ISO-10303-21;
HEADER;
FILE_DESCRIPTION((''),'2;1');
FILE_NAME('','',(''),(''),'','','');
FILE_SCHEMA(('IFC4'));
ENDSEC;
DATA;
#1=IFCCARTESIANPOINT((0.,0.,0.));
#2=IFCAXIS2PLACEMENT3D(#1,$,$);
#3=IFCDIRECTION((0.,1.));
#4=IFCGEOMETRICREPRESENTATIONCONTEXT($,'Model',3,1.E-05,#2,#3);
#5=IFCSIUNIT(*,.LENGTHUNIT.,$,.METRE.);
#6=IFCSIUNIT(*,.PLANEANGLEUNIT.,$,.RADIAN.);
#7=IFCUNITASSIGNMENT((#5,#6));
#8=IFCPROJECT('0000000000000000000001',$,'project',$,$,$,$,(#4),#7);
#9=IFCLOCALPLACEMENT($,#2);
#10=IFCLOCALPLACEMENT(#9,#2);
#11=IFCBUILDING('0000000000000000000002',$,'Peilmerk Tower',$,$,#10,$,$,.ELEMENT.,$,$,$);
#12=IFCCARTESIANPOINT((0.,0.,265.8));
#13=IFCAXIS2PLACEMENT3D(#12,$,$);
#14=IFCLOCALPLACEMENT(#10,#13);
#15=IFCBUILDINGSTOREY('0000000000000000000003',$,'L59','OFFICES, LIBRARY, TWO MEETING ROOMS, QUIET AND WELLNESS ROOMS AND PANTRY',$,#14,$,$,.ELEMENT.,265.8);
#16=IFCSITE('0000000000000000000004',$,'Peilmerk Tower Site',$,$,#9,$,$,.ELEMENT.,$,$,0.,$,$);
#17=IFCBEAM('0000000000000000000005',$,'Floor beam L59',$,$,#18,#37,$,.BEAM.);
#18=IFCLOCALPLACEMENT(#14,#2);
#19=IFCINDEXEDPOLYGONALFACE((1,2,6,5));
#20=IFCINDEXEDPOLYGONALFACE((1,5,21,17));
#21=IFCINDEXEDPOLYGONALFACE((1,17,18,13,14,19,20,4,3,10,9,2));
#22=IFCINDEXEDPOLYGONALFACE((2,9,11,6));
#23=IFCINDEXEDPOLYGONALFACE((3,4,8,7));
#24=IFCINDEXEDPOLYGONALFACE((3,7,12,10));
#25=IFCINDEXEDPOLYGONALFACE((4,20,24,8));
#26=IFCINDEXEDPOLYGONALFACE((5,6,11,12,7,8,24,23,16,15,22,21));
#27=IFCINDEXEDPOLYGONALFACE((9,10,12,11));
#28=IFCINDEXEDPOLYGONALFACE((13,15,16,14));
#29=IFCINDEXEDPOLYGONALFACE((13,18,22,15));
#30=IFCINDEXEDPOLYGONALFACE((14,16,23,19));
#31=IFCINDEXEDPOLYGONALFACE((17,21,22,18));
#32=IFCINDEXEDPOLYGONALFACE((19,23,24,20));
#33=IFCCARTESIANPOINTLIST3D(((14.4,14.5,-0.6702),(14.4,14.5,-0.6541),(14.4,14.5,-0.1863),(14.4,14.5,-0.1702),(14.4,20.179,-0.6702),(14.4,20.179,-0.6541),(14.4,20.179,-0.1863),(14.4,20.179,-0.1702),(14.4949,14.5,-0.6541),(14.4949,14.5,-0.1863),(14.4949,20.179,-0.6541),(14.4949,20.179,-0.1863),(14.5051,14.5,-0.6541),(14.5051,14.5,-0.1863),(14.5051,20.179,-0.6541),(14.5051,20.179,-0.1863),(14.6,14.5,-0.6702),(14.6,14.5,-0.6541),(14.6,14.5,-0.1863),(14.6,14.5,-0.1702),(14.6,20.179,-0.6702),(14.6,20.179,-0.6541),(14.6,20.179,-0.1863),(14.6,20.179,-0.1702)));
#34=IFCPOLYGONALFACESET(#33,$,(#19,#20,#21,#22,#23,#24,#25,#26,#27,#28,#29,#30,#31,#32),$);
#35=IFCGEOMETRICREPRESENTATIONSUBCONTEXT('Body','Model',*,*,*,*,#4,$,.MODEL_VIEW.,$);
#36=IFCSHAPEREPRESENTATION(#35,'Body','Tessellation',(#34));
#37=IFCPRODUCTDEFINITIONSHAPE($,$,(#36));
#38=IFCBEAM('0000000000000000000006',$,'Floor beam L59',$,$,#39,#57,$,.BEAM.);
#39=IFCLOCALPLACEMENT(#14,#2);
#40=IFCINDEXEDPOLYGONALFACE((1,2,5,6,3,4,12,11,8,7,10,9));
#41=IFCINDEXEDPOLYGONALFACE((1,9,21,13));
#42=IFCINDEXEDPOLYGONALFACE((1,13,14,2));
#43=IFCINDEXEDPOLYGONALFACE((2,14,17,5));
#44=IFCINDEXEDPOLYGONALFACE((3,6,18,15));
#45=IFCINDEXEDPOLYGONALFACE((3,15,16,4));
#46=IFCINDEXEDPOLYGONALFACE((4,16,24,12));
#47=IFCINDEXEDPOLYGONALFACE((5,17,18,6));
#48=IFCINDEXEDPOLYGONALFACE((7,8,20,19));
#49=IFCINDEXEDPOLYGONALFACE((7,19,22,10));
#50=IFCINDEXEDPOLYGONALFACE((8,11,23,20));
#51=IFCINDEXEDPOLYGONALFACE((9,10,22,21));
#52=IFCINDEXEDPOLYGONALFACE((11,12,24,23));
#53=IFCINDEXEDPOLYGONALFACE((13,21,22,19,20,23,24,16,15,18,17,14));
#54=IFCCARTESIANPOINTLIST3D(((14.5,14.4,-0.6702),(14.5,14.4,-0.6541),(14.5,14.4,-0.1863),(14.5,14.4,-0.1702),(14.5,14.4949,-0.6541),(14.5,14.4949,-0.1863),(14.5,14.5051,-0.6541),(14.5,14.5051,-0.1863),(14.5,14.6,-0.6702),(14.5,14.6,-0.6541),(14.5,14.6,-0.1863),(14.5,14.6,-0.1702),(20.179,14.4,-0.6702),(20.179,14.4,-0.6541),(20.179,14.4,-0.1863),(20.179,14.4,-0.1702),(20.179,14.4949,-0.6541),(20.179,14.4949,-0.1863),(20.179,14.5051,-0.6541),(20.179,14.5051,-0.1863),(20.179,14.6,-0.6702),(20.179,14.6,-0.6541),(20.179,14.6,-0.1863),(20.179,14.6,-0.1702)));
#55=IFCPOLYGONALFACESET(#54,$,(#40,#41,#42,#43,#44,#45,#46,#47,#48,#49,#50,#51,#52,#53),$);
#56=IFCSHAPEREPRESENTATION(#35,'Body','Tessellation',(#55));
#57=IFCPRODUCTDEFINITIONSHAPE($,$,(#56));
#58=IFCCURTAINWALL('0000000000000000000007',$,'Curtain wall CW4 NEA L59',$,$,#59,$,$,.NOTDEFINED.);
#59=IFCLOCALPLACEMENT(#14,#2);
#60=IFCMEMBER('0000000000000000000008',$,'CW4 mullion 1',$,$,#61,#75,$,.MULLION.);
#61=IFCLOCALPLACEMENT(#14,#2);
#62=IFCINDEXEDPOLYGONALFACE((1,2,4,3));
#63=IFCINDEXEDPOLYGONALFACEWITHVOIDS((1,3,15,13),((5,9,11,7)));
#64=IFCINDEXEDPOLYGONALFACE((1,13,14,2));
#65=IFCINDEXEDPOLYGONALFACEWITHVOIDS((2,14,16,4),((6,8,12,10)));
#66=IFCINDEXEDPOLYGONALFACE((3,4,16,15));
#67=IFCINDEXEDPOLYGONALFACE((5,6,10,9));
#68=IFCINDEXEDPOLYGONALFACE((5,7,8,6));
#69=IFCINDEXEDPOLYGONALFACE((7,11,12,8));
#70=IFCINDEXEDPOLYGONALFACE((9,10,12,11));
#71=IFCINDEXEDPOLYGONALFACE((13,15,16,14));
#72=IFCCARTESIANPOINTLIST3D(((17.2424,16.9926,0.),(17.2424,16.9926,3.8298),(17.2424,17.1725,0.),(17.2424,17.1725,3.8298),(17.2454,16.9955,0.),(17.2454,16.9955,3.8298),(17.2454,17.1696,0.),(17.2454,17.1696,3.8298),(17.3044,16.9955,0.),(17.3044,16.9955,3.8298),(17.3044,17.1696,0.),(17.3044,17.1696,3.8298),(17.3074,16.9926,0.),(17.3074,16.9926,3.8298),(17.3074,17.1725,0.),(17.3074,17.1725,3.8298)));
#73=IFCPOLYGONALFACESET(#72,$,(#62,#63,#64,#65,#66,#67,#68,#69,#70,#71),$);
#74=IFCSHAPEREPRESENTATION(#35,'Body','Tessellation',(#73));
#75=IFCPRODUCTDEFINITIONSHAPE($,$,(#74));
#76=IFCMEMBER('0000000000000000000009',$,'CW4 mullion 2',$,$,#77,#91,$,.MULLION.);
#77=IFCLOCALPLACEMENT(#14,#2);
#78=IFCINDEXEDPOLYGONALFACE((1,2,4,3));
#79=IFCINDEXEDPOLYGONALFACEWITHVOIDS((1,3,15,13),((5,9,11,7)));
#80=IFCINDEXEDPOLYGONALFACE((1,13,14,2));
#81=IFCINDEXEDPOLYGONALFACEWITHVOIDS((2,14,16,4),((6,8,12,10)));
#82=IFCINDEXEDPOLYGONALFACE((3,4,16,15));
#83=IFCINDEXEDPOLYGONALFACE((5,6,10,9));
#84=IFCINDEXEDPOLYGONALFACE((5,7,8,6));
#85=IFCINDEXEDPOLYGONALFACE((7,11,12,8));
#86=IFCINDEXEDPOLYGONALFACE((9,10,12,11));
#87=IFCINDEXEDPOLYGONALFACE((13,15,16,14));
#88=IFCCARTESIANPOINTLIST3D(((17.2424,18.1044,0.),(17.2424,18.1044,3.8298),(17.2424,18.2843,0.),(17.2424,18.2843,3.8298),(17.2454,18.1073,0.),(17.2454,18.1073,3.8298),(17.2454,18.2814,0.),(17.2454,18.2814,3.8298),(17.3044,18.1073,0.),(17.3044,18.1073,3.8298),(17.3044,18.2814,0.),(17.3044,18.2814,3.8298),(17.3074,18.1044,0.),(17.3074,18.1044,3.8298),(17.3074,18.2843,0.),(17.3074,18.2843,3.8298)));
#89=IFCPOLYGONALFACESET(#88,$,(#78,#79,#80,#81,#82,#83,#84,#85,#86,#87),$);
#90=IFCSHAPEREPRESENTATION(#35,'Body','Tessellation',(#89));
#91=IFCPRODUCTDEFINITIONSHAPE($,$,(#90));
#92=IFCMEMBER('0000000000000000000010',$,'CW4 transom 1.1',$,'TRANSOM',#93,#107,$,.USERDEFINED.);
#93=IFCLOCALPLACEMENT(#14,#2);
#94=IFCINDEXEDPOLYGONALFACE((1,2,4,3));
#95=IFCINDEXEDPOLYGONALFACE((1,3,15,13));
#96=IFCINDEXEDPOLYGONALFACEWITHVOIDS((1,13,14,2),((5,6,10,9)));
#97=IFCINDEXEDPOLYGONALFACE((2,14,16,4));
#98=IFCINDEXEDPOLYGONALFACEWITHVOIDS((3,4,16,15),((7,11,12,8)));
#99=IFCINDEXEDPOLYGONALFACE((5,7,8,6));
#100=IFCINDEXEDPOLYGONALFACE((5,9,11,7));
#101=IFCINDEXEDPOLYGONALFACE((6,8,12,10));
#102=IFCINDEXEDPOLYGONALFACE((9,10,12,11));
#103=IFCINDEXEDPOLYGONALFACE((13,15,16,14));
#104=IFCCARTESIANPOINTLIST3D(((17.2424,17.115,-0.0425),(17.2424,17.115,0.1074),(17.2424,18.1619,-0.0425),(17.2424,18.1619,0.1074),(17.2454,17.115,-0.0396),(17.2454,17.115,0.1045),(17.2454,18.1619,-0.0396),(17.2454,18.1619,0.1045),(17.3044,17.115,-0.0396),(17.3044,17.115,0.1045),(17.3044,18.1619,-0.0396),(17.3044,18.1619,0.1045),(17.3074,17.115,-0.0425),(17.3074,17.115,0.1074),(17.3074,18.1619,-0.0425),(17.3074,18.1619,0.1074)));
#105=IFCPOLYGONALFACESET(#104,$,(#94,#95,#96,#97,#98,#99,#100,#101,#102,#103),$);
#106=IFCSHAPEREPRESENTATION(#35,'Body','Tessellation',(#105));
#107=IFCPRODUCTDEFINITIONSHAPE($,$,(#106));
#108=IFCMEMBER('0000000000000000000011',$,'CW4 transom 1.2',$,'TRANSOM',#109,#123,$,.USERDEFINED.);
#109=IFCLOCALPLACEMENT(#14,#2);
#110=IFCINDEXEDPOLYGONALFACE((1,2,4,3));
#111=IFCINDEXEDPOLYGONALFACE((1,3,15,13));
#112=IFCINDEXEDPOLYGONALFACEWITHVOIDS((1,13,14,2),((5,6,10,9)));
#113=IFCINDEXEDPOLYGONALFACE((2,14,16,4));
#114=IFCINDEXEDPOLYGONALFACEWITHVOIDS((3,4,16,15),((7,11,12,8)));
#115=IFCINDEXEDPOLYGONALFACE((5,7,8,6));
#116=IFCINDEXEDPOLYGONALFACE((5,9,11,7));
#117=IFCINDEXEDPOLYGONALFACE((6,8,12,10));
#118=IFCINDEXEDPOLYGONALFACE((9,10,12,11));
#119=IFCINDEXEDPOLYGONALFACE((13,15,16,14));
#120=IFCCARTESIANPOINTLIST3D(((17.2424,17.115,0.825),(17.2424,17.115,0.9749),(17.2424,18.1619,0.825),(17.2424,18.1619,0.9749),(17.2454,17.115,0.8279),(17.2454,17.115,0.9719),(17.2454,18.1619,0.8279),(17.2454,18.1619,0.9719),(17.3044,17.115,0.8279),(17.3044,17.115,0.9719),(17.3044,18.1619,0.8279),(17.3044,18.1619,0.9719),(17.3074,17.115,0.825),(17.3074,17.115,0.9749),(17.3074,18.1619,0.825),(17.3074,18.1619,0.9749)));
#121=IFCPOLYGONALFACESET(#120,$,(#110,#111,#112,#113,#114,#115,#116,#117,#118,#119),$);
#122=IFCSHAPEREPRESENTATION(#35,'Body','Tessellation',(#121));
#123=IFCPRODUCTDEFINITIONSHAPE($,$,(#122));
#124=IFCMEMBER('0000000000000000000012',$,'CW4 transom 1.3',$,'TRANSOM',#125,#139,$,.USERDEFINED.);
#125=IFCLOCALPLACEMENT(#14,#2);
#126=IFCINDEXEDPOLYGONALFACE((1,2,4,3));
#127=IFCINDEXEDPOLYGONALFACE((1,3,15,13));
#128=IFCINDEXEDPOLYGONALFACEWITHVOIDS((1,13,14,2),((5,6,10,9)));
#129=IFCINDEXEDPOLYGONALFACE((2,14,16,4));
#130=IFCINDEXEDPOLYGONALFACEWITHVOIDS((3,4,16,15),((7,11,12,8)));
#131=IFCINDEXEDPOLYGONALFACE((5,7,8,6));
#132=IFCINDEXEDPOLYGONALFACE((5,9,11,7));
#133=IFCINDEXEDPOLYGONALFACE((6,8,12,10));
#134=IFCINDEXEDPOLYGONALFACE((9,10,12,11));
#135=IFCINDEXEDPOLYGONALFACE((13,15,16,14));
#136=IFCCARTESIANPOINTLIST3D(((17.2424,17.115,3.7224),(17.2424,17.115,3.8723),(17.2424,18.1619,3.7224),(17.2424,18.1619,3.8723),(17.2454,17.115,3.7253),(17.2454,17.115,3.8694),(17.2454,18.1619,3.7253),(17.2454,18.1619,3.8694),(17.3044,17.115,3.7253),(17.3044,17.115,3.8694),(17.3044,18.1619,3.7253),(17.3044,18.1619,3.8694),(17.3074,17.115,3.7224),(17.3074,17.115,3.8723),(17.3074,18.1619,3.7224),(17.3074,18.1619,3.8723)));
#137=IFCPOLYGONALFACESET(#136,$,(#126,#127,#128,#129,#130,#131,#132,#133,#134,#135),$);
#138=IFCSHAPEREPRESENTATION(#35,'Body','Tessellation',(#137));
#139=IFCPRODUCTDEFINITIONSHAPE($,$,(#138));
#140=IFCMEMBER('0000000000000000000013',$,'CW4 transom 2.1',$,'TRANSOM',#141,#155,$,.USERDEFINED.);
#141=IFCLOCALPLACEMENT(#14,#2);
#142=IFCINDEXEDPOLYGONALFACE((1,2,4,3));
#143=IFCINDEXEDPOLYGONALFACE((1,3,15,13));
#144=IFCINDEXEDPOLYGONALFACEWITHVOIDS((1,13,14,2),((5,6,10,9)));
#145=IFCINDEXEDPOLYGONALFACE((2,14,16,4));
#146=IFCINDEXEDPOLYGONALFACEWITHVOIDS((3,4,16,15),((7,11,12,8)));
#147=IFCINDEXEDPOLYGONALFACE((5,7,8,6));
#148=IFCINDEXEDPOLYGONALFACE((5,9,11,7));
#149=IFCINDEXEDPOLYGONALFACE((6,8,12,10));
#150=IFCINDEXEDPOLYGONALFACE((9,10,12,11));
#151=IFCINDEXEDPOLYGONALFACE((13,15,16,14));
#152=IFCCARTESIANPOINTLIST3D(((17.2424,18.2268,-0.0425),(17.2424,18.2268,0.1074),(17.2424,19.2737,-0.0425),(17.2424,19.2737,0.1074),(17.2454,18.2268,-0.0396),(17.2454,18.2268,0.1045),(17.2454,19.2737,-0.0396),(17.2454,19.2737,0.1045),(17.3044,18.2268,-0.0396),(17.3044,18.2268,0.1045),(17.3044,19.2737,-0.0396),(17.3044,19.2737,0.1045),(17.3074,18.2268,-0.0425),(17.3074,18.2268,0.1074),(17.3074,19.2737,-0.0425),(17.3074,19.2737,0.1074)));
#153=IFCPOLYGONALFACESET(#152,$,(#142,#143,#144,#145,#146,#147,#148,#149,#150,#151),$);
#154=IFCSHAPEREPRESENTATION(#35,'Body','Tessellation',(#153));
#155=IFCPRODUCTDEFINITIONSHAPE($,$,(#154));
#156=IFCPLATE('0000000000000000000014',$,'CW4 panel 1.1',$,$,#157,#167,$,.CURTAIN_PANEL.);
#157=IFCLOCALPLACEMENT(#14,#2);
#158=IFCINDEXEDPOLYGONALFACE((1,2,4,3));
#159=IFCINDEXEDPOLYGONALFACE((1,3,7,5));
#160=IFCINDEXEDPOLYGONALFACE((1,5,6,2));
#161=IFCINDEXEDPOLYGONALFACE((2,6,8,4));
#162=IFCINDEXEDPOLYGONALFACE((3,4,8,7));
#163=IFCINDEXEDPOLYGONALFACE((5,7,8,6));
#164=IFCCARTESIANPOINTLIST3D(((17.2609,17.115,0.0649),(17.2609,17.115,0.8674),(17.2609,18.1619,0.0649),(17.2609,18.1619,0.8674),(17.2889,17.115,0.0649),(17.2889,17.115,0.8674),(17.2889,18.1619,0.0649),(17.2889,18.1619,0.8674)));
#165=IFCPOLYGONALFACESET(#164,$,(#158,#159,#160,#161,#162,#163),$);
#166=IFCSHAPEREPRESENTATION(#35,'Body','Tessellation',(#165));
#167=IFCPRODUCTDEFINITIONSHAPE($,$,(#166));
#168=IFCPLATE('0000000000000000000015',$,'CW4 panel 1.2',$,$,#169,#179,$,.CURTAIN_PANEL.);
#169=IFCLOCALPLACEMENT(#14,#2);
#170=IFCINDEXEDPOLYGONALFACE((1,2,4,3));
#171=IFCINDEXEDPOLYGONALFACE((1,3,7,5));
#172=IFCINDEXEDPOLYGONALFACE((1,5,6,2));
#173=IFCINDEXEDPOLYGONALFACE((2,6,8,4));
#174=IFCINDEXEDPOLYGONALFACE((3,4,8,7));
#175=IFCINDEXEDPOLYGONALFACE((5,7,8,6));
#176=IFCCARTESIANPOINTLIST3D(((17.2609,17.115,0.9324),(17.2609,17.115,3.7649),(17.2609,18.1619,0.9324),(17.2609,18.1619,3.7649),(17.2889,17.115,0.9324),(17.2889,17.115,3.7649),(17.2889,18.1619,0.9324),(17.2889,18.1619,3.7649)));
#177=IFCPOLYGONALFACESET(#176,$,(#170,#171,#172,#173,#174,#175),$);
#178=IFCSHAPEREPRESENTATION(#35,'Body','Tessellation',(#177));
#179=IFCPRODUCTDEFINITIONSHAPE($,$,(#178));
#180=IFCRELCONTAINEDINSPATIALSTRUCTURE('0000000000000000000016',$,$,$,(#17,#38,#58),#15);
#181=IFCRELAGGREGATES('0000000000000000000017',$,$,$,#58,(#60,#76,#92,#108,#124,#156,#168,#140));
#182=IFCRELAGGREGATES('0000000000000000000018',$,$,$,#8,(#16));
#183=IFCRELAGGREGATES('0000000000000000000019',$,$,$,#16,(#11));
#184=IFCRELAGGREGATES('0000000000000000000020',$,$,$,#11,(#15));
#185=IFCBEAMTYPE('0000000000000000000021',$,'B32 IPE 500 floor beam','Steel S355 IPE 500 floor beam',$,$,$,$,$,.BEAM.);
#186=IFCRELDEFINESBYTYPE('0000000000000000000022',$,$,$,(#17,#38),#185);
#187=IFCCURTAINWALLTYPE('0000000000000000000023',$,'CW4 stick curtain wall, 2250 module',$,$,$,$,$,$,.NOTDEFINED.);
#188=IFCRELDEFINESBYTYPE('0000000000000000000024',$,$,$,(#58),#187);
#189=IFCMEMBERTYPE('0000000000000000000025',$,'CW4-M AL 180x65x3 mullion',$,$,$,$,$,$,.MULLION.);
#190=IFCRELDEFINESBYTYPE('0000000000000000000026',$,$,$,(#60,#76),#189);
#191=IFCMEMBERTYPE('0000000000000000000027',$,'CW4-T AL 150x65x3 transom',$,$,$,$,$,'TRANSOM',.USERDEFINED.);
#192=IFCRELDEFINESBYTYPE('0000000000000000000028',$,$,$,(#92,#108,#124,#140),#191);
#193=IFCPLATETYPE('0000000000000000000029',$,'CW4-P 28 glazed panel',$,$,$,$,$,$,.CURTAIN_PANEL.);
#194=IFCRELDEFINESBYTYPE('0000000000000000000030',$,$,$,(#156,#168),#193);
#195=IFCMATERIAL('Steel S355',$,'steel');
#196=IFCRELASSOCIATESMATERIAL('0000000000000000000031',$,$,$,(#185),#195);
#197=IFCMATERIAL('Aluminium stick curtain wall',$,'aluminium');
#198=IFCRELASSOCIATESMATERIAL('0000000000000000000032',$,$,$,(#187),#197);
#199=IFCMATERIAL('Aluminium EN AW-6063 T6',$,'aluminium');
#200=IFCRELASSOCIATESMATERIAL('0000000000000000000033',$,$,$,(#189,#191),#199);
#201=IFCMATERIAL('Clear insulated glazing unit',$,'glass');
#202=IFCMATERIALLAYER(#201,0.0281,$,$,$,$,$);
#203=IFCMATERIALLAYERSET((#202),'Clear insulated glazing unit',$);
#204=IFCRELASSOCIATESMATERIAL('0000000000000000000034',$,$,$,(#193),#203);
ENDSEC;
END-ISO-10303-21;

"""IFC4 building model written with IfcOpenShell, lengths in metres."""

from ifc_helpers import new_model, si_unit, direction, frame, origin, origin_2d, place, context, subcontext, project, spatial, rectangle, hollow_rectangle, i_section, extrude, material, layer, layer_set, material_profile, profile_set, type_object, element, aggregate, save


model = new_model("IFC4")

# Units and contexts
model_context = context("Model", 3, precision=1e-05, world=origin(), true_north=direction((0.0, 1.0)))
body_context = subcontext(model_context, "Body", "Model", "MODEL_VIEW")
ifc_project = project(units=[si_unit("LENGTHUNIT", "METRE"), si_unit("PLANEANGLEUNIT", "RADIAN")], contexts=[model_context])

# Site, building, storey
site_placement = place(None, origin())
site = spatial("IfcSite", under=ifc_project, at=site_placement, Name="Peilmerk Tower Site", CompositionType="ELEMENT", RefElevation=0.0)
building_placement = place(site_placement, origin())
building = spatial("IfcBuilding", under=site, at=building_placement, Name="Peilmerk Tower", CompositionType="ELEMENT")
storey_placement = place(building_placement, frame((0.0, 0.0, 265.8)))
storey = spatial("IfcBuildingStorey", under=building, at=storey_placement, Name="L59", Description="OFFICES, LIBRARY, TWO MEETING ROOMS, QUIET AND WELLNESS ROOMS AND PANTRY", CompositionType="ELEMENT", Elevation=265.8)

# Beams
ifc_material_1 = material(Name="Steel S355", Category="steel")
ifc_material_profile_1 = material_profile(ifc_material_1, i_section(OverallWidth=0.2, OverallDepth=0.5, WebThickness=0.0103, FlangeThickness=0.0161, at=origin_2d()), Name="IPE 500")
ifc_profile_set_1 = profile_set([ifc_material_profile_1], Name="Steel S355")
beam_type_1 = type_object("IfcBeamType", Name="B32 IPE 500 floor beam", Description="Steel S355 IPE 500 floor beam", PredefinedType="BEAM", material=ifc_profile_set_1)
for number, where, z_axis, x_axis, name in (
    (1, (14.5, 14.5, -0.4202), (0.0, 1.0, 0.0), (-1.0, 0.0, 0.0), "Floor beam L59"),
    (2, (14.5, 14.5, -0.4202), (1.0, 0.0, 0.0), (0.0, 1.0, 0.0), "Floor beam L59"),
):
    element("IfcBeam", number, at=place(storey_placement, frame(where, z_axis=z_axis, x_axis=x_axis)), inside=storey, type_object=beam_type_1, Name=name, PredefinedType="BEAM", context=body_context, shape_type="SweptSolid", body=[
        extrude(i_section(OverallWidth=0.2, OverallDepth=0.5, WebThickness=0.0103, FlangeThickness=0.0161, at=origin_2d()), origin(), (0.0, 0.0, 1.0), 5.679),
    ])

# Curtain wall, members, plates
ifc_material_2 = material(Name="Aluminium stick curtain wall", Category="aluminium")
curtain_wall_type = type_object("IfcCurtainWallType", Name="CW4 stick curtain wall, 2250 module", PredefinedType="NOTDEFINED", material=ifc_material_2)
curtain_wall_placement = place(storey_placement, origin())
curtain_wall = element("IfcCurtainWall", 3, at=curtain_wall_placement, inside=storey, type_object=curtain_wall_type, Name="Curtain wall CW4 NEA L59", PredefinedType="NOTDEFINED")
ifc_material_3 = material(Name="Aluminium EN AW-6063 T6", Category="aluminium")
ifc_material_profile_2 = material_profile(ifc_material_3, hollow_rectangle(XDim=0.0649, YDim=0.1799, WallThickness=0.0029, at=origin_2d()), Name="AL 180x65x3")
ifc_profile_set_2 = profile_set([ifc_material_profile_2], Name="Aluminium EN AW-6063 T6")
member_type_1 = type_object("IfcMemberType", Name="CW4-M AL 180x65x3 mullion", PredefinedType="MULLION", material=ifc_profile_set_2)
member_1_placement = place(storey_placement, frame((17.2749, 17.0825, 0.0), z_axis=(0.0, 0.0, 1.0), x_axis=(-1.0, 0.0, 0.0)))
member_1 = element("IfcMember", 4, at=member_1_placement, type_object=member_type_1, Name="CW4 mullion 1", PredefinedType="MULLION", context=body_context, shape_type="SweptSolid", body=[
    extrude(hollow_rectangle(XDim=0.0649, YDim=0.1799, WallThickness=0.0029, at=origin_2d()), origin(), (0.0, 0.0, 1.0), 3.8298),
])
member_2_placement = place(storey_placement, frame((17.2749, 18.1943, 0.0), z_axis=(0.0, 0.0, 1.0), x_axis=(-1.0, 0.0, 0.0)))
member_2 = element("IfcMember", 5, at=member_2_placement, type_object=member_type_1, Name="CW4 mullion 2", PredefinedType="MULLION", context=body_context, shape_type="SweptSolid", body=[
    extrude(hollow_rectangle(XDim=0.0649, YDim=0.1799, WallThickness=0.0029, at=origin_2d()), origin(), (0.0, 0.0, 1.0), 3.8298),
])
ifc_material_profile_3 = material_profile(ifc_material_3, hollow_rectangle(XDim=0.0649, YDim=0.1499, WallThickness=0.0029, at=origin_2d()), Name="AL 150x65x3")
ifc_profile_set_3 = profile_set([ifc_material_profile_3], Name="Aluminium EN AW-6063 T6")
member_type_2 = type_object("IfcMemberType", Name="CW4-T AL 150x65x3 transom", ElementType="TRANSOM", PredefinedType="USERDEFINED", material=ifc_profile_set_3)
member_3_placement = place(storey_placement, frame((17.2749, 17.115, 0.0325), z_axis=(0.0, 1.0, 0.0), x_axis=(-1.0, 0.0, 0.0)))
member_3 = element("IfcMember", 6, at=member_3_placement, type_object=member_type_2, Name="CW4 transom 1.1", ObjectType="TRANSOM", PredefinedType="USERDEFINED", context=body_context, shape_type="SweptSolid", body=[
    extrude(hollow_rectangle(XDim=0.0649, YDim=0.1499, WallThickness=0.0029, at=origin_2d()), origin(), (0.0, 0.0, 1.0), 1.0469),
])
member_4_placement = place(storey_placement, frame((17.2749, 17.115, 0.8999), z_axis=(0.0, 1.0, 0.0), x_axis=(-1.0, 0.0, 0.0)))
member_4 = element("IfcMember", 7, at=member_4_placement, type_object=member_type_2, Name="CW4 transom 1.2", ObjectType="TRANSOM", PredefinedType="USERDEFINED", context=body_context, shape_type="SweptSolid", body=[
    extrude(hollow_rectangle(XDim=0.0649, YDim=0.1499, WallThickness=0.0029, at=origin_2d()), origin(), (0.0, 0.0, 1.0), 1.0469),
])
member_5_placement = place(storey_placement, frame((17.2749, 17.115, 3.7974), z_axis=(0.0, 1.0, 0.0), x_axis=(-1.0, 0.0, 0.0)))
member_5 = element("IfcMember", 8, at=member_5_placement, type_object=member_type_2, Name="CW4 transom 1.3", ObjectType="TRANSOM", PredefinedType="USERDEFINED", context=body_context, shape_type="SweptSolid", body=[
    extrude(hollow_rectangle(XDim=0.0649, YDim=0.1499, WallThickness=0.0029, at=origin_2d()), origin(), (0.0, 0.0, 1.0), 1.0469),
])
member_6_placement = place(storey_placement, frame((17.2749, 18.2268, 0.0325), z_axis=(0.0, 1.0, 0.0), x_axis=(-1.0, 0.0, 0.0)))
member_6 = element("IfcMember", 9, at=member_6_placement, type_object=member_type_2, Name="CW4 transom 2.1", ObjectType="TRANSOM", PredefinedType="USERDEFINED", context=body_context, shape_type="SweptSolid", body=[
    extrude(hollow_rectangle(XDim=0.0649, YDim=0.1499, WallThickness=0.0029, at=origin_2d()), origin(), (0.0, 0.0, 1.0), 1.0469),
])
ifc_material_4 = material(Name="Clear insulated glazing unit", Category="glass")
ifc_layer_1 = layer(ifc_material_4, 0.0281)
ifc_layer_set_1 = layer_set([ifc_layer_1], Name="Clear insulated glazing unit")
plate_type = type_object("IfcPlateType", Name="CW4-P 28 glazed panel", PredefinedType="CURTAIN_PANEL", material=ifc_layer_set_1)
plate_1_placement = place(storey_placement, frame((17.2749, 17.6384, 0.0649), z_axis=(0.0, 0.0, 1.0), x_axis=(0.0, 1.0, 0.0)))
plate_1 = element("IfcPlate", 10, at=plate_1_placement, type_object=plate_type, Name="CW4 panel 1.1", PredefinedType="CURTAIN_PANEL", context=body_context, shape_type="SweptSolid", body=[
    extrude(rectangle(XDim=1.0469, YDim=0.0281, at=origin_2d()), origin(), (0.0, 0.0, 1.0), 0.8025),
])
plate_2_placement = place(storey_placement, frame((17.2749, 17.6384, 0.9324), z_axis=(0.0, 0.0, 1.0), x_axis=(0.0, 1.0, 0.0)))
plate_2 = element("IfcPlate", 11, at=plate_2_placement, type_object=plate_type, Name="CW4 panel 1.2", PredefinedType="CURTAIN_PANEL", context=body_context, shape_type="SweptSolid", body=[
    extrude(rectangle(XDim=1.0469, YDim=0.0281, at=origin_2d()), origin(), (0.0, 0.0, 1.0), 2.8325),
])
aggregate(curtain_wall, [member_1, member_2, member_3, member_4, member_5, plate_1, plate_2, member_6])

save(model, "model.ifc")
